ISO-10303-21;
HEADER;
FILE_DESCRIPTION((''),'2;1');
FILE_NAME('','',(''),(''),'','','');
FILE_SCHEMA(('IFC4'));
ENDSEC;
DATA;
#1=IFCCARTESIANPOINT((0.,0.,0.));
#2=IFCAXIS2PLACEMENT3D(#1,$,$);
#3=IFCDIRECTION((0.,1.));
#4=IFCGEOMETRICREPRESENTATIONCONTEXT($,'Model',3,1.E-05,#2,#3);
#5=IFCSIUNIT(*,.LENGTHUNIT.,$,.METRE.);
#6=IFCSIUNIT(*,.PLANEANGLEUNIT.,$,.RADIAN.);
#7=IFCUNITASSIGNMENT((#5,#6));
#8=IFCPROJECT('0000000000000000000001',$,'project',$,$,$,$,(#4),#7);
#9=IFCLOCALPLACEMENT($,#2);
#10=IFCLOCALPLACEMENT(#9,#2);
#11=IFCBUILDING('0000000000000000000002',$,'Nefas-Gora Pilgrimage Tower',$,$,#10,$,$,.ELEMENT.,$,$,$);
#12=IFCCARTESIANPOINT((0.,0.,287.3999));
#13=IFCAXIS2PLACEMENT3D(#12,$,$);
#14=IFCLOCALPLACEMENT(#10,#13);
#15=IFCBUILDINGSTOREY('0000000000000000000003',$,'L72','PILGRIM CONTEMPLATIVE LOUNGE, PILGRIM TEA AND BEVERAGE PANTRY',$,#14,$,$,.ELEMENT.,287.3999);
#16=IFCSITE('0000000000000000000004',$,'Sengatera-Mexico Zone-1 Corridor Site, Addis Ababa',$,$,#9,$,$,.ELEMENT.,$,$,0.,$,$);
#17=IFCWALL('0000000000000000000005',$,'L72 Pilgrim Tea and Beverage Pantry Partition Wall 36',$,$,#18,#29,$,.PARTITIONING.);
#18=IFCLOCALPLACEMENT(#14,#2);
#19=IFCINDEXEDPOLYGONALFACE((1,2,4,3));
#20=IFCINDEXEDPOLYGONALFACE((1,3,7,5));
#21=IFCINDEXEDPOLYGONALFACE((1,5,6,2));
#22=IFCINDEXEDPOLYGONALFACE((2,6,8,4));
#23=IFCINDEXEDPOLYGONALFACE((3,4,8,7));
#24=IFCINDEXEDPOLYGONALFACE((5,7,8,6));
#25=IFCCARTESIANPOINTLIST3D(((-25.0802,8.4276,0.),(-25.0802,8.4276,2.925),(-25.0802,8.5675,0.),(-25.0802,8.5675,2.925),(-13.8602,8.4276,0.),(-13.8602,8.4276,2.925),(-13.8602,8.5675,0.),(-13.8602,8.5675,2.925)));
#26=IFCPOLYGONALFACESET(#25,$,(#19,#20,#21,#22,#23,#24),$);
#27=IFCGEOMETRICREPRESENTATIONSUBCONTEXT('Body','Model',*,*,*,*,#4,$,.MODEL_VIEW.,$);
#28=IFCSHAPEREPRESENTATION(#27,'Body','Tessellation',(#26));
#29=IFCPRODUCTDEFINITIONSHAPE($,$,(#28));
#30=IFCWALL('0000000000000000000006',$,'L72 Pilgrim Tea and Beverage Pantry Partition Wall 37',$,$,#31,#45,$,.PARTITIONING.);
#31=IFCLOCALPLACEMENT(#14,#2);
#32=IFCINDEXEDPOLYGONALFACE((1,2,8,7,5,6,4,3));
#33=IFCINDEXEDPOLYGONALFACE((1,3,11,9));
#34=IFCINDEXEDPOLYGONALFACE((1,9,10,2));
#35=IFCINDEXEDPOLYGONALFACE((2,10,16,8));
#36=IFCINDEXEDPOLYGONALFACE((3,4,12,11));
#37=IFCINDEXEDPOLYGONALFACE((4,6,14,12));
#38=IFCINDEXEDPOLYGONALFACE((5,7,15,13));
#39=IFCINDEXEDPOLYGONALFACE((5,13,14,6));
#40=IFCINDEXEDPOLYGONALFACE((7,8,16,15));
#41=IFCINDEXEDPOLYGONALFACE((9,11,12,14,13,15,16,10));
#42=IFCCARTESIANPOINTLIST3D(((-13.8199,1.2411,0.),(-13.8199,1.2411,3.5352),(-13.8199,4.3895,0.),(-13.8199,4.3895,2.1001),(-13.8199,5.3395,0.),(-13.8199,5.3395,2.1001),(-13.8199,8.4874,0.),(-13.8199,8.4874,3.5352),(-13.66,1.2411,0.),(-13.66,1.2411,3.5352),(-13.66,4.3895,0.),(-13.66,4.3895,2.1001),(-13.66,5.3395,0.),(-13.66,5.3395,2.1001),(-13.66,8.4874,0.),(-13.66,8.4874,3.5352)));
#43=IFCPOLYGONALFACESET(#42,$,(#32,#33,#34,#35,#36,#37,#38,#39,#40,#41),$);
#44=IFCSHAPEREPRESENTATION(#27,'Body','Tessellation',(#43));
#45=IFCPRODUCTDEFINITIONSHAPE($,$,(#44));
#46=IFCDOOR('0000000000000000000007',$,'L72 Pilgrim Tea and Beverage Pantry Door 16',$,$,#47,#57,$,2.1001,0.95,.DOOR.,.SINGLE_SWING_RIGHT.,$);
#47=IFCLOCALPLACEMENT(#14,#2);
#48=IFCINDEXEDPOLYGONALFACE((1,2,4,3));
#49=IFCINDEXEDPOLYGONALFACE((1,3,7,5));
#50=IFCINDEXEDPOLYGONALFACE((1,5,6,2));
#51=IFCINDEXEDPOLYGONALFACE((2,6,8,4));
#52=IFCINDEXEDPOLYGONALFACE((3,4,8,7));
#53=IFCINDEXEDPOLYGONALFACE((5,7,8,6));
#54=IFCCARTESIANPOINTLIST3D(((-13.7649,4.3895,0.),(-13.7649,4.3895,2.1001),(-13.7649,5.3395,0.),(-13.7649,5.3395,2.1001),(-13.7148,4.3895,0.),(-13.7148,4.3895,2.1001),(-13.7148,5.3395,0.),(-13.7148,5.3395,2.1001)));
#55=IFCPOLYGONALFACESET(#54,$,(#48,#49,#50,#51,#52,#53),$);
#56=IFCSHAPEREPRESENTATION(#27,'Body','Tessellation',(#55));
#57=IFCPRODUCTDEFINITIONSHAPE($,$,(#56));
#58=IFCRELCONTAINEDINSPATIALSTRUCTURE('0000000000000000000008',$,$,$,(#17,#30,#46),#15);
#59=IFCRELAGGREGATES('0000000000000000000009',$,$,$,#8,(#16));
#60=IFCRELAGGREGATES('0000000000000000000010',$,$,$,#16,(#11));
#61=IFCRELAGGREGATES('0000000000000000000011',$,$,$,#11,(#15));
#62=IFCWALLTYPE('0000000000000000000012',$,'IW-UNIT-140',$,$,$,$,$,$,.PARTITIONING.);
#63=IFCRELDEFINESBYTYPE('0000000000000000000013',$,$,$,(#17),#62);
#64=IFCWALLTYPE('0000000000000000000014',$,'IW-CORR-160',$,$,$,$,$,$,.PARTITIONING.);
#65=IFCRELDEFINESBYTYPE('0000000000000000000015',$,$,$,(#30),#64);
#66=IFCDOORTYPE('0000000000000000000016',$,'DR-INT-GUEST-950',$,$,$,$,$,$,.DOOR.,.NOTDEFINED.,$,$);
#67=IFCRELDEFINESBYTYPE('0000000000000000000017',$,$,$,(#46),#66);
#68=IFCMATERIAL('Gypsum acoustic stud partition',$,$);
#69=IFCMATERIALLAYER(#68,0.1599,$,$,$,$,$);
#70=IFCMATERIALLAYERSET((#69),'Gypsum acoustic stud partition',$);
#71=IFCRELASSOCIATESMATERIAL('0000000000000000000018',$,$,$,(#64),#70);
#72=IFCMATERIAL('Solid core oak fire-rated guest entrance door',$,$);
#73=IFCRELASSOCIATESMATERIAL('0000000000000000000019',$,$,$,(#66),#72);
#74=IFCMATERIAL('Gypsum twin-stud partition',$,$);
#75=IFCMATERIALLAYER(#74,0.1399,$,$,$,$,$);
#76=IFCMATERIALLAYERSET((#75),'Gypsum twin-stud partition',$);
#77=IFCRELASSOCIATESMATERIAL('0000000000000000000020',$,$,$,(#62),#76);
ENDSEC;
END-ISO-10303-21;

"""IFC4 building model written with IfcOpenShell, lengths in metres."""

from ifc_helpers import new_model, si_unit, direction, frame, frame_2d, origin, place, context, subcontext, project, spatial, rectangle, extrude, source, transform, mapped, material, layer, layer_set, type_object, element, fill, save


model = new_model("IFC4")

# Units and contexts
model_context = context("Model", 3, precision=1e-05, world=origin(), true_north=direction((0.0, 1.0)))
body_context = subcontext(model_context, "Body", "Model", "MODEL_VIEW")
ifc_project = project(units=[si_unit("LENGTHUNIT", "METRE"), si_unit("PLANEANGLEUNIT", "RADIAN")], contexts=[model_context])

# Site, building, storey
site_placement = place(None, origin())
site = spatial("IfcSite", under=ifc_project, at=site_placement, Name="Sengatera-Mexico Zone-1 Corridor Site, Addis Ababa", CompositionType="ELEMENT", RefElevation=0.0)
building_placement = place(site_placement, origin())
building = spatial("IfcBuilding", under=site, at=building_placement, Name="Nefas-Gora Pilgrimage Tower", CompositionType="ELEMENT")
storey_placement = place(building_placement, frame((0.0, 0.0, 287.3999)))
storey = spatial("IfcBuildingStorey", under=building, at=storey_placement, Name="L72", Description="PILGRIM CONTEMPLATIVE LOUNGE, PILGRIM TEA AND BEVERAGE PANTRY", CompositionType="ELEMENT", Elevation=287.3999)

# Shared definitions
ifc_material_1 = material(Name="Gypsum acoustic stud partition")
ifc_layer_1 = layer(ifc_material_1, 0.1599)
ifc_layer_set_1 = layer_set([ifc_layer_1], Name="Gypsum acoustic stud partition")
wall_type_1 = type_object("IfcWallType", Name="IW-CORR-160", PredefinedType="PARTITIONING", material=ifc_layer_set_1)
ifc_material_2 = material(Name="Solid core oak fire-rated guest entrance door")
door_type = type_object("IfcDoorType", Name="DR-INT-GUEST-950", OperationType="NOTDEFINED", PredefinedType="DOOR", material=ifc_material_2)
shared_shape_1 = source(origin(), body_context, "Body", "SweptSolid", [
    extrude(rectangle(XDim=0.95, YDim=2.1001, at=frame_2d((0.4751, 1.05))), frame((0.0, 0.0249, 0.0), z_axis=(0.0, -1.0, 0.0), x_axis=(1.0, 0.0, 0.0)), (0.0, 0.0, 1.0), 0.05),
])

# Wall
ifc_material_3 = material(Name="Gypsum twin-stud partition")
ifc_layer_2 = layer(ifc_material_3, 0.1399)
ifc_layer_set_2 = layer_set([ifc_layer_2], Name="Gypsum twin-stud partition")
wall_type_2 = type_object("IfcWallType", Name="IW-UNIT-140", PredefinedType="PARTITIONING", material=ifc_layer_set_2)
shared_shape_2 = source(origin(), body_context, "Body", "SweptSolid", [
    extrude(rectangle(XDim=11.22, YDim=0.1399, at=frame_2d((5.6099, 0.0))), origin(), (0.0, 0.0, 1.0), 2.925),
])
wall_1_placement = place(storey_placement, frame((-25.0801, 8.4976, 0.0), z_axis=(0.0, 0.0, 1.0), x_axis=(1.0, 0.0, 0.0)))
element("IfcWall", 1, at=wall_1_placement, inside=storey, type_object=wall_type_2, Name="L72 Pilgrim Tea and Beverage Pantry Partition Wall 36", PredefinedType="PARTITIONING", context=body_context, shape_type="MappedRepresentation", body=[
    mapped(shared_shape_2, transform((0.0, 0.0, 0.0), x_axis=(1.0, 0.0, 0.0), y_axis=(0.0, 1.0, 0.0), z_axis=(0.0, 0.0, 1.0), scale=1.0)),
])

# Wall, opening, door
shared_shape_3 = source(origin(), body_context, "Body", "SweptSolid", [
    extrude(rectangle(XDim=7.2463, YDim=0.1599, at=frame_2d((3.623, 0.0))), origin(), (0.0, 0.0, 1.0), 3.5352),
])
wall_2_placement = place(storey_placement, frame((-13.74, 1.2412, 0.0), z_axis=(0.0, 0.0, 1.0), x_axis=(0.0, 1.0, 0.0)))
wall_2 = element("IfcWall", 2, at=wall_2_placement, inside=storey, type_object=wall_type_1, Name="L72 Pilgrim Tea and Beverage Pantry Partition Wall 37", PredefinedType="PARTITIONING", context=body_context, shape_type="MappedRepresentation", body=[
    mapped(shared_shape_3, transform((0.0, 0.0, 0.0), x_axis=(1.0, 0.0, 0.0), y_axis=(0.0, 1.0, 0.0), z_axis=(0.0, 0.0, 1.0), scale=1.0)),
])
opening_1_placement = place(wall_2_placement, frame((3.1482, 0.0, 0.0)))
opening_1 = element("IfcOpeningElement", 3, at=opening_1_placement, cuts=wall_2, PredefinedType="OPENING", context=body_context, shape_type="SweptSolid", body=[
    extrude(rectangle(XDim=0.95, YDim=2.1001, at=frame_2d((0.4751, 1.05))), frame((0.0, 0.0898, 0.0), z_axis=(0.0, -1.0, 0.0), x_axis=(1.0, 0.0, 0.0)), (0.0, 0.0, 1.0), 0.1799),
])
door_1_placement = place(opening_1_placement, origin())
door_1 = element("IfcDoor", 4, at=door_1_placement, inside=storey, type_object=door_type, Name="L72 Pilgrim Tea and Beverage Pantry Door 16", OperationType="SINGLE_SWING_RIGHT", OverallHeight=2.1001, OverallWidth=0.95, PredefinedType="DOOR", context=body_context, shape_type="MappedRepresentation", body=[
    mapped(shared_shape_1, transform((0.0, 0.0, 0.0), x_axis=(1.0, 0.0, 0.0), y_axis=(0.0, 1.0, 0.0), z_axis=(0.0, 0.0, 1.0), scale=1.0)),
])
fill(opening_1, door_1)

save(model, "model.ifc")
